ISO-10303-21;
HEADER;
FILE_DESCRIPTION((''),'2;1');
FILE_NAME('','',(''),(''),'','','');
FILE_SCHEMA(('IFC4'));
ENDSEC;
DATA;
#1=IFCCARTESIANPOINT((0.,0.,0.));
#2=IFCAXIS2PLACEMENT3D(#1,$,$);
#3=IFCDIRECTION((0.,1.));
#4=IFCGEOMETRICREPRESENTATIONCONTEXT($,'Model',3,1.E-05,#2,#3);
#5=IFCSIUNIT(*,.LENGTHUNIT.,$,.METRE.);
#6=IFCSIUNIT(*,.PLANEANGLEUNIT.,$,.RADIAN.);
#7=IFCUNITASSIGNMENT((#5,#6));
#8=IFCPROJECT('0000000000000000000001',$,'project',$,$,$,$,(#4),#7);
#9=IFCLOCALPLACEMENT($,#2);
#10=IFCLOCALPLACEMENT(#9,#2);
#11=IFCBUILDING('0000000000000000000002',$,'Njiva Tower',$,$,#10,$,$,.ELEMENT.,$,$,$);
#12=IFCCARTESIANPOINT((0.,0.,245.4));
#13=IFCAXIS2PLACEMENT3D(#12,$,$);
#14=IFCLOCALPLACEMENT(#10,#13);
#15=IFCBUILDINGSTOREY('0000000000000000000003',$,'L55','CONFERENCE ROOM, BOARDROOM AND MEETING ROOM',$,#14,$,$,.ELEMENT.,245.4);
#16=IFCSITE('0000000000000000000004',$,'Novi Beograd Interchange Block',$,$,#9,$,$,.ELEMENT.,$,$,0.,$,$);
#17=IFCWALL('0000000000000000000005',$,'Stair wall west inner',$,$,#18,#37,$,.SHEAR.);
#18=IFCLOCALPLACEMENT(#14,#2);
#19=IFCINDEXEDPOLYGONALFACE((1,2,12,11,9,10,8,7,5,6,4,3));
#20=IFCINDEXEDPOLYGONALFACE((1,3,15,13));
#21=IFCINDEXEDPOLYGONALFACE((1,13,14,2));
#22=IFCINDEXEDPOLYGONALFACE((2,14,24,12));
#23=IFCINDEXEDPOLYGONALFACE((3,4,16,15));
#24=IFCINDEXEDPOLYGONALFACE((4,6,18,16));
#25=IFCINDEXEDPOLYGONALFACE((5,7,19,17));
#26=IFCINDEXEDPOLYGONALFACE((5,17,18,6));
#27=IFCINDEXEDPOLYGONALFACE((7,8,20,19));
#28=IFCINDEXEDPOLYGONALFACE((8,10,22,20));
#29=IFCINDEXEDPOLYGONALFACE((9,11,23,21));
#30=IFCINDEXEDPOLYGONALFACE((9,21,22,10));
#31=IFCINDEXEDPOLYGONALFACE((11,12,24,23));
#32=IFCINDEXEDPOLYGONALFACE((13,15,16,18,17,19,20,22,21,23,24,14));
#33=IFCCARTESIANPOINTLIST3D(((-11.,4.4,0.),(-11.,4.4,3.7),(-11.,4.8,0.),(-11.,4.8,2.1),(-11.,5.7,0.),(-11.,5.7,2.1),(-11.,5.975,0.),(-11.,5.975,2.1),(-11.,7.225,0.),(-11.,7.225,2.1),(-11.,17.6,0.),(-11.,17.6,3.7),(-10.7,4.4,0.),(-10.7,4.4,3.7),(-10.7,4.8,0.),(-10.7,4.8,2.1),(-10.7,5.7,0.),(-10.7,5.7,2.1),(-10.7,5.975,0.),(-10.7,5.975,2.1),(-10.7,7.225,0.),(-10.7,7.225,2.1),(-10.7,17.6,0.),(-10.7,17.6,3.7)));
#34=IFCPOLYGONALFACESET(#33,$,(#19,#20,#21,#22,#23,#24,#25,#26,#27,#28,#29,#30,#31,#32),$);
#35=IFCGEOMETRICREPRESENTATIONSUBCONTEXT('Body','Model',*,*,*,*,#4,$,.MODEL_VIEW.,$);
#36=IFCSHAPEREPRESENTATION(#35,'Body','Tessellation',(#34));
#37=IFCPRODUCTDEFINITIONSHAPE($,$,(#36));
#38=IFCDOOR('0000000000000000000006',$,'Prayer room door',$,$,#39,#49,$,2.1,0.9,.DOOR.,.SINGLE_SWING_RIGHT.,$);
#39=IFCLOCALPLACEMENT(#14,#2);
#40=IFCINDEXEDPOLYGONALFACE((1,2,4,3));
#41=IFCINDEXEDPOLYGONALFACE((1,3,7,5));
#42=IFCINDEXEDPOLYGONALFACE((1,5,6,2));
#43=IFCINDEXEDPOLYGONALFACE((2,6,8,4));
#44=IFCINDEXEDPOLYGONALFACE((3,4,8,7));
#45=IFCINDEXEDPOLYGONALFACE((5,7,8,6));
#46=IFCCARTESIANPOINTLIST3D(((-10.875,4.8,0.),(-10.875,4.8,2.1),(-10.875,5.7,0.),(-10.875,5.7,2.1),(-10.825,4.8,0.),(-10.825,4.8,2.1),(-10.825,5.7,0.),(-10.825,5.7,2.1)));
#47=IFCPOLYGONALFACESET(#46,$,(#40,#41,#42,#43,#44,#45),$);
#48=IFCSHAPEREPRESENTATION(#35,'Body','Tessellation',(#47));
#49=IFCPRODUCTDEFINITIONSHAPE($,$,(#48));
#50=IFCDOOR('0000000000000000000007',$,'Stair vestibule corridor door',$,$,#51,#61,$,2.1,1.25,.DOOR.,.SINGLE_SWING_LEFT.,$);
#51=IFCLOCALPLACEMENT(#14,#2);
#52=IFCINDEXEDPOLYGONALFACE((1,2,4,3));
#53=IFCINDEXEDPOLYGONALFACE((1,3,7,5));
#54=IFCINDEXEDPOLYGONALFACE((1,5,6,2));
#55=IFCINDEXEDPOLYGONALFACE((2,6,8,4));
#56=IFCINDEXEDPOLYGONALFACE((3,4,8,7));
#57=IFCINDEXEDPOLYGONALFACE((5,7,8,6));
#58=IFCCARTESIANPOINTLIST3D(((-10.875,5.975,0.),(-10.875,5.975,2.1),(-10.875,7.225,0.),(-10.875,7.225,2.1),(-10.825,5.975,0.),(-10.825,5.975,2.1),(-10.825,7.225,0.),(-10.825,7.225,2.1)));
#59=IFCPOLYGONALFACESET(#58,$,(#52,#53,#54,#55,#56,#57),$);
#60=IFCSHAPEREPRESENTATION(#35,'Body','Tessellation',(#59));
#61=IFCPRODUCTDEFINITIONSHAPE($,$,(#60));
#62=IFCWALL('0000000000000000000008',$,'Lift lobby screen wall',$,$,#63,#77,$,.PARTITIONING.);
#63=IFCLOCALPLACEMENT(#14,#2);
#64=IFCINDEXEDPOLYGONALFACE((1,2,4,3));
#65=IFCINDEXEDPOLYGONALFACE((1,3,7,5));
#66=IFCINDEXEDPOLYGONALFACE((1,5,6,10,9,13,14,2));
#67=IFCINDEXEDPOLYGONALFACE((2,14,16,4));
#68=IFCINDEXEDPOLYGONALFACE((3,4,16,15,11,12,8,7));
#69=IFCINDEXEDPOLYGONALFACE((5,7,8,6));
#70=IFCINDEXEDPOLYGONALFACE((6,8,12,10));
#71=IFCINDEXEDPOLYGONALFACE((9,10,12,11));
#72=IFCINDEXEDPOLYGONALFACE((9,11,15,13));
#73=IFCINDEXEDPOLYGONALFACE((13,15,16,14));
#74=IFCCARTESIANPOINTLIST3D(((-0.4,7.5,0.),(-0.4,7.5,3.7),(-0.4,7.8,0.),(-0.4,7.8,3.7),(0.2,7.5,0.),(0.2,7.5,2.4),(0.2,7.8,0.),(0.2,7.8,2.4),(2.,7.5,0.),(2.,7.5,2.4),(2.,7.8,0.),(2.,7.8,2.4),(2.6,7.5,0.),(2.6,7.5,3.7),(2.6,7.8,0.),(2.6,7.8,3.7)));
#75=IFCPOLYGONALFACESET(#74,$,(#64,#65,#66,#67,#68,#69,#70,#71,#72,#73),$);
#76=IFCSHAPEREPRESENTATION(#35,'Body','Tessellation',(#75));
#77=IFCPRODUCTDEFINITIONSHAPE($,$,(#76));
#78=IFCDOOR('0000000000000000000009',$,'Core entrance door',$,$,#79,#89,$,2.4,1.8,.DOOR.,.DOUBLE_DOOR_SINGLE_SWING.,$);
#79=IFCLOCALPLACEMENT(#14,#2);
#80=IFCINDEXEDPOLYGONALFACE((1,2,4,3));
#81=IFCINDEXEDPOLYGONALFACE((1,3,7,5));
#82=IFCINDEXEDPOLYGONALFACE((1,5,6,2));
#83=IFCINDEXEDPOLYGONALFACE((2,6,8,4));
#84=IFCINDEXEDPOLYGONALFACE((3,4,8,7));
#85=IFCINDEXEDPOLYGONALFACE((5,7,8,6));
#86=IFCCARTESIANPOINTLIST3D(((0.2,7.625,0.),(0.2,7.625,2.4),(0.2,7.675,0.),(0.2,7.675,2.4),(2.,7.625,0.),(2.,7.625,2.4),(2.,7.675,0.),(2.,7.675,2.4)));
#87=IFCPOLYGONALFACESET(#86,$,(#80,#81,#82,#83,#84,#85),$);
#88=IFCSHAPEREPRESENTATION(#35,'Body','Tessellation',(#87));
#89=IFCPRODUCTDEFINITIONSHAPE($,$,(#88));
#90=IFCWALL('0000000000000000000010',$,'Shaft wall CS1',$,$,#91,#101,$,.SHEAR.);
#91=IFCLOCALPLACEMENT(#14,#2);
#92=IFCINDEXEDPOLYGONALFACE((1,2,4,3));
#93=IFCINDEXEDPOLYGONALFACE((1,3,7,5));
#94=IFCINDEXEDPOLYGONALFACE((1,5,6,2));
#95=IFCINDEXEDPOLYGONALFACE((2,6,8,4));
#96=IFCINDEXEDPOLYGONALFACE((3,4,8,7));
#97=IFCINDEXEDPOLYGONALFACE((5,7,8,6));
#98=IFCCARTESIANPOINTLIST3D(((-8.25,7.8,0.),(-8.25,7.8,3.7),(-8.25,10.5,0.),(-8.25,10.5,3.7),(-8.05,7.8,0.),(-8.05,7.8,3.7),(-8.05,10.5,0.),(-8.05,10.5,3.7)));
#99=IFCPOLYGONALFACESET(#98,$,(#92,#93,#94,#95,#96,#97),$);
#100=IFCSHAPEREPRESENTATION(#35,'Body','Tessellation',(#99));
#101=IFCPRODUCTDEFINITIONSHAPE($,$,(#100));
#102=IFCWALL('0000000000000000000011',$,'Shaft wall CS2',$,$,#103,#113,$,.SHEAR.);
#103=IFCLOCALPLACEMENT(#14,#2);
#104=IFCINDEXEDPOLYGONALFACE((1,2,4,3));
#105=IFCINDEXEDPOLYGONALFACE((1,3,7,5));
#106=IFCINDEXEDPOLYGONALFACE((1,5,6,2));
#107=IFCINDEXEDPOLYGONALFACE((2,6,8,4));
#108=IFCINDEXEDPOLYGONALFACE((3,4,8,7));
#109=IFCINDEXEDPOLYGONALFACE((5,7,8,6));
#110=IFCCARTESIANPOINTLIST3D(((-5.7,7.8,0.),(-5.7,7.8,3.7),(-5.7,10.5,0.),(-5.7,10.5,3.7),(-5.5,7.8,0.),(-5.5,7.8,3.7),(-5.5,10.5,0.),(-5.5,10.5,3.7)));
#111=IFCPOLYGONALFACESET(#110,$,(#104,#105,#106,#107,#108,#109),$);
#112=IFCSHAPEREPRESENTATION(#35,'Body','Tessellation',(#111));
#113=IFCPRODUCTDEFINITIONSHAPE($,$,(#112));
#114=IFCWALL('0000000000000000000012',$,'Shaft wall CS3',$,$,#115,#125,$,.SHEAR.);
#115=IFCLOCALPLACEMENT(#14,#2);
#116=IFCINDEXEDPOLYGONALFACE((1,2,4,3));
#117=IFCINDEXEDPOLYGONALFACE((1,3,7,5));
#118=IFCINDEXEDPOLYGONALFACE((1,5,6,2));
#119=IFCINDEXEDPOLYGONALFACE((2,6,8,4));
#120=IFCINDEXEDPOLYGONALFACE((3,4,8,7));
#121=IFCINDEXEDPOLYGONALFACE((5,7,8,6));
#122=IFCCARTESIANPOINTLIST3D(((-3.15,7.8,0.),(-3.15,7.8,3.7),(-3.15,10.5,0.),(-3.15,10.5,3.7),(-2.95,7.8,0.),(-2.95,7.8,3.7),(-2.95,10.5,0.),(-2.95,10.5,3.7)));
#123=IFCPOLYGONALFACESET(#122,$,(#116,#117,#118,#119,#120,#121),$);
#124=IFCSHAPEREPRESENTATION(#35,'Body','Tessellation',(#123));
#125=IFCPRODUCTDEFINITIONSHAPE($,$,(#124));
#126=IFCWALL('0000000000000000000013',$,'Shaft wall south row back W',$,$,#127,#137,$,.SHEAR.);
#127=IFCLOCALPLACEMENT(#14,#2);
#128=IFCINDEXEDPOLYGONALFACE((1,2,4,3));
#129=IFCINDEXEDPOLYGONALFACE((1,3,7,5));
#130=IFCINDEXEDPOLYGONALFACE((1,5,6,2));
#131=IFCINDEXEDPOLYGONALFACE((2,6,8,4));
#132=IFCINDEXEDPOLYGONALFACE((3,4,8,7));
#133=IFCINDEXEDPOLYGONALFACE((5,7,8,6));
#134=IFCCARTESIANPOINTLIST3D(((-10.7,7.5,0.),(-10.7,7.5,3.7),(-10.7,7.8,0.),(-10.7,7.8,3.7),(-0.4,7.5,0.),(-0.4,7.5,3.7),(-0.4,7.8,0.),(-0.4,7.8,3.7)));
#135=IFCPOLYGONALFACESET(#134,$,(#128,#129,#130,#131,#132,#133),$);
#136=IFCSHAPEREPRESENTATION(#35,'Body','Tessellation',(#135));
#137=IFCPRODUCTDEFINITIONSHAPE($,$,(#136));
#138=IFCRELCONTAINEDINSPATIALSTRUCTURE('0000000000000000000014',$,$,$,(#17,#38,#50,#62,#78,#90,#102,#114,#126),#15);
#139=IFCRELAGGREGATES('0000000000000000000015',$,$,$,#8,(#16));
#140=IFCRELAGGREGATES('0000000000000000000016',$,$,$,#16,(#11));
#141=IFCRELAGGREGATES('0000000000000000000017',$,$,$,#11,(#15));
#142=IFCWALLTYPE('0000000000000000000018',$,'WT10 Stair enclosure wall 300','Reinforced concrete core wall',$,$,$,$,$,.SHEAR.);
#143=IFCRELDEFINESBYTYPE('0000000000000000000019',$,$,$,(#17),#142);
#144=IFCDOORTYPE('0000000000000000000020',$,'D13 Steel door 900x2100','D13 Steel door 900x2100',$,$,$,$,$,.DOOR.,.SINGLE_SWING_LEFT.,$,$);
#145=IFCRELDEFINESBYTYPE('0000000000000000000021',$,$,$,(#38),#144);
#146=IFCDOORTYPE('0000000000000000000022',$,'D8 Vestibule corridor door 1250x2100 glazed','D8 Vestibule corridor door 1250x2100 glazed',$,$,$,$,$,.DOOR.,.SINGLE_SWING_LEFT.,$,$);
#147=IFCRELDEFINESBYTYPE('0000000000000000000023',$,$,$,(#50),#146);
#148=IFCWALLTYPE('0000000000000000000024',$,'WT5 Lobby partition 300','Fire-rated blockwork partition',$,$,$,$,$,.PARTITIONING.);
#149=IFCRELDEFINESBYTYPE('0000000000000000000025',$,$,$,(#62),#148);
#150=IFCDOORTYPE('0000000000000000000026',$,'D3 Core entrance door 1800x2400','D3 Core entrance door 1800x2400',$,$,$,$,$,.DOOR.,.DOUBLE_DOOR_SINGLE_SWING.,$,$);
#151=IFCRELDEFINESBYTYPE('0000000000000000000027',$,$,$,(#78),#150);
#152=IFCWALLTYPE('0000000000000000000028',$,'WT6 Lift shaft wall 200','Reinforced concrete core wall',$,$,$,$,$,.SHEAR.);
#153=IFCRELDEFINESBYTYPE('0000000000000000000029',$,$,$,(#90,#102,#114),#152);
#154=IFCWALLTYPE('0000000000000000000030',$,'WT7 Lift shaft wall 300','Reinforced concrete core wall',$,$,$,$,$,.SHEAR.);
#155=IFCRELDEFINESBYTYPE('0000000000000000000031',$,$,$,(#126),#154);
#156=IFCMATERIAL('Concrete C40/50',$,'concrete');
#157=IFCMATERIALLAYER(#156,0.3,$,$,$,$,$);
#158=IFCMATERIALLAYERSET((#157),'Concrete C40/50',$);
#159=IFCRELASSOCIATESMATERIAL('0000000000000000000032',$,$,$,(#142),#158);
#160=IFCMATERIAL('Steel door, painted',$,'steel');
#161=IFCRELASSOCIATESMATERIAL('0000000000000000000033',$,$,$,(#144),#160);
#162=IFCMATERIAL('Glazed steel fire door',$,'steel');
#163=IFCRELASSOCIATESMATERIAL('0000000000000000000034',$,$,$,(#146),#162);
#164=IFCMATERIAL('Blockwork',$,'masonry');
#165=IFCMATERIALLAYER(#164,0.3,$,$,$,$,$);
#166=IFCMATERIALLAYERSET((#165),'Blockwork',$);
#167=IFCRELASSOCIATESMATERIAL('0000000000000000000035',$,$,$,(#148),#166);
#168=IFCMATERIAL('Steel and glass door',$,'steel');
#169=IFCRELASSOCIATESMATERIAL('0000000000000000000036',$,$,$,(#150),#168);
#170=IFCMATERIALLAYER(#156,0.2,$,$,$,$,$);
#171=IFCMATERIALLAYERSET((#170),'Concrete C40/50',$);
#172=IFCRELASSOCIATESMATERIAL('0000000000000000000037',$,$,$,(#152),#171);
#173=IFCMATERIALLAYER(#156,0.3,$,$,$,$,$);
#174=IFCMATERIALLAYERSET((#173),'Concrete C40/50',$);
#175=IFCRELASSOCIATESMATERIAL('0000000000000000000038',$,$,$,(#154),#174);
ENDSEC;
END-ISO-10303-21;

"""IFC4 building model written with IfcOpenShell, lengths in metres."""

from ifc_helpers import new_model, si_unit, direction, frame, frame_2d, origin, place, context, subcontext, project, spatial, rectangle, extrude, material, layer, layer_set, type_object, element, fill, save


model = new_model("IFC4")

# Units and contexts
model_context = context("Model", 3, precision=1e-05, world=origin(), true_north=direction((0.0, 1.0)))
body_context = subcontext(model_context, "Body", "Model", "MODEL_VIEW")
ifc_project = project(units=[si_unit("LENGTHUNIT", "METRE"), si_unit("PLANEANGLEUNIT", "RADIAN")], contexts=[model_context])

# Site, building, storey
site_placement = place(None, origin())
site = spatial("IfcSite", under=ifc_project, at=site_placement, Name="Novi Beograd Interchange Block", CompositionType="ELEMENT", RefElevation=0.0)
building_placement = place(site_placement, origin())
building = spatial("IfcBuilding", under=site, at=building_placement, Name="Njiva Tower", CompositionType="ELEMENT")
storey_placement = place(building_placement, frame((0.0, 0.0, 245.4)))
storey = spatial("IfcBuildingStorey", under=building, at=storey_placement, Name="L55", Description="CONFERENCE ROOM, BOARDROOM AND MEETING ROOM", CompositionType="ELEMENT", Elevation=245.4)

# Shared definitions
ifc_material_1 = material(Name="Blockwork", Category="masonry")

# Wall, openings, doors
ifc_material_2 = material(Name="Concrete C40/50", Category="concrete")
ifc_layer_1 = layer(ifc_material_2, 0.3)
ifc_layer_set_1 = layer_set([ifc_layer_1], Name="Concrete C40/50")
wall_type_1 = type_object("IfcWallType", Name="WT10 Stair enclosure wall 300", Description="Reinforced concrete core wall", PredefinedType="SHEAR", material=ifc_layer_set_1)
wall_1_placement = place(storey_placement, frame((-10.85, 4.4, 0.0), z_axis=(0.0, 0.0, 1.0), x_axis=(0.0, 1.0, 0.0)))
wall_1 = element("IfcWall", 1, at=wall_1_placement, inside=storey, type_object=wall_type_1, Name="Stair wall west inner", PredefinedType="SHEAR", context=body_context, shape_type="SweptSolid", body=[
    extrude(rectangle(XDim=13.2, YDim=0.3, at=frame_2d((6.6, 0.0))), origin(), (0.0, 0.0, 1.0), 3.7),
])
opening_1_placement = place(wall_1_placement, frame((1.575, 0.0, 0.0)))
opening_1 = element("IfcOpeningElement", 2, at=opening_1_placement, cuts=wall_1, PredefinedType="OPENING", context=body_context, shape_type="SweptSolid", body=[
    extrude(rectangle(XDim=1.25, YDim=2.1, at=frame_2d((0.625, 1.05))), frame((0.0, 0.16, 0.0), z_axis=(0.0, -1.0, 0.0), x_axis=(1.0, 0.0, 0.0)), (0.0, 0.0, 1.0), 0.32),
])
opening_2_placement = place(wall_1_placement, frame((0.4, 0.0, 0.0)))
opening_2 = element("IfcOpeningElement", 3, at=opening_2_placement, cuts=wall_1, PredefinedType="OPENING", context=body_context, shape_type="SweptSolid", body=[
    extrude(rectangle(XDim=0.9, YDim=2.1, at=frame_2d((0.45, 1.05))), frame((0.0, 0.16, 0.0), z_axis=(0.0, -1.0, 0.0), x_axis=(1.0, 0.0, 0.0)), (0.0, 0.0, 1.0), 0.32),
])
ifc_material_3 = material(Name="Steel door, painted", Category="steel")
door_type_1 = type_object("IfcDoorType", Name="D13 Steel door 900x2100", Description="D13 Steel door 900x2100", OperationType="SINGLE_SWING_LEFT", PredefinedType="DOOR", material=ifc_material_3)
door_1_placement = place(opening_2_placement, origin())
door_1 = element("IfcDoor", 4, at=door_1_placement, inside=storey, type_object=door_type_1, Name="Prayer room door", OperationType="SINGLE_SWING_RIGHT", OverallHeight=2.1, OverallWidth=0.9, PredefinedType="DOOR", context=body_context, shape_type="SweptSolid", body=[
    extrude(rectangle(XDim=0.9, YDim=2.1, at=frame_2d((0.45, 1.05))), frame((0.0, 0.025, 0.0), z_axis=(0.0, -1.0, 0.0), x_axis=(1.0, 0.0, 0.0)), (0.0, 0.0, 1.0), 0.05),
])
fill(opening_2, door_1)
ifc_material_4 = material(Name="Glazed steel fire door", Category="steel")
door_type_2 = type_object("IfcDoorType", Name="D8 Vestibule corridor door 1250x2100 glazed", Description="D8 Vestibule corridor door 1250x2100 glazed", OperationType="SINGLE_SWING_LEFT", PredefinedType="DOOR", material=ifc_material_4)
door_2_placement = place(opening_1_placement, origin())
door_2 = element("IfcDoor", 5, at=door_2_placement, inside=storey, type_object=door_type_2, Name="Stair vestibule corridor door", OperationType="SINGLE_SWING_LEFT", OverallHeight=2.1, OverallWidth=1.25, PredefinedType="DOOR", context=body_context, shape_type="SweptSolid", body=[
    extrude(rectangle(XDim=1.25, YDim=2.1, at=frame_2d((0.625, 1.05))), frame((0.0, 0.025, 0.0), z_axis=(0.0, -1.0, 0.0), x_axis=(1.0, 0.0, 0.0)), (0.0, 0.0, 1.0), 0.05),
])
fill(opening_1, door_2)

# Wall, opening, door
ifc_layer_2 = layer(ifc_material_1, 0.3)
ifc_layer_set_2 = layer_set([ifc_layer_2], Name="Blockwork")
wall_type_2 = type_object("IfcWallType", Name="WT5 Lobby partition 300", Description="Fire-rated blockwork partition", PredefinedType="PARTITIONING", material=ifc_layer_set_2)
wall_2_placement = place(storey_placement, frame((-0.4, 7.65, 0.0), z_axis=(0.0, 0.0, 1.0), x_axis=(1.0, 0.0, 0.0)))
wall_2 = element("IfcWall", 6, at=wall_2_placement, inside=storey, type_object=wall_type_2, Name="Lift lobby screen wall", PredefinedType="PARTITIONING", context=body_context, shape_type="SweptSolid", body=[
    extrude(rectangle(XDim=3.0, YDim=0.3, at=frame_2d((1.5, 0.0))), origin(), (0.0, 0.0, 1.0), 3.7),
])
opening_3_placement = place(wall_2_placement, frame((0.6, 0.0, 0.0)))
opening_3 = element("IfcOpeningElement", 7, at=opening_3_placement, cuts=wall_2, PredefinedType="OPENING", context=body_context, shape_type="SweptSolid", body=[
    extrude(rectangle(XDim=1.8, YDim=2.4, at=frame_2d((0.9, 1.2))), frame((0.0, 0.16, 0.0), z_axis=(0.0, -1.0, 0.0), x_axis=(1.0, 0.0, 0.0)), (0.0, 0.0, 1.0), 0.32),
])
ifc_material_5 = material(Name="Steel and glass door", Category="steel")
door_type_3 = type_object("IfcDoorType", Name="D3 Core entrance door 1800x2400", Description="D3 Core entrance door 1800x2400", OperationType="DOUBLE_DOOR_SINGLE_SWING", PredefinedType="DOOR", material=ifc_material_5)
door_3_placement = place(opening_3_placement, origin())
door_3 = element("IfcDoor", 8, at=door_3_placement, inside=storey, type_object=door_type_3, Name="Core entrance door", OperationType="DOUBLE_DOOR_SINGLE_SWING", OverallHeight=2.4, OverallWidth=1.8, PredefinedType="DOOR", context=body_context, shape_type="SweptSolid", body=[
    extrude(rectangle(XDim=1.8, YDim=2.4, at=frame_2d((0.9, 1.2))), frame((0.0, 0.025, 0.0), z_axis=(0.0, -1.0, 0.0), x_axis=(1.0, 0.0, 0.0)), (0.0, 0.0, 1.0), 0.05),
])
fill(opening_3, door_3)

# Walls
ifc_layer_3 = layer(ifc_material_2, 0.2)
ifc_layer_set_3 = layer_set([ifc_layer_3], Name="Concrete C40/50")
wall_type_3 = type_object("IfcWallType", Name="WT6 Lift shaft wall 200", Description="Reinforced concrete core wall", PredefinedType="SHEAR", material=ifc_layer_set_3)
for number, where, z_axis, x_axis, name in (
    (9, (-8.15, 7.8, 0.0), (0.0, 0.0, 1.0), (0.0, 1.0, 0.0), "Shaft wall CS1"),
    (10, (-5.6, 7.8, 0.0), (0.0, 0.0, 1.0), (0.0, 1.0, 0.0), "Shaft wall CS2"),
    (11, (-3.05, 7.8, 0.0), (0.0, 0.0, 1.0), (0.0, 1.0, 0.0), "Shaft wall CS3"),
):
    element("IfcWall", number, at=place(storey_placement, frame(where, z_axis=z_axis, x_axis=x_axis)), inside=storey, type_object=wall_type_3, Name=name, PredefinedType="SHEAR", context=body_context, shape_type="SweptSolid", body=[
        extrude(rectangle(XDim=2.7, YDim=0.2, at=frame_2d((1.35, 0.0))), origin(), (0.0, 0.0, 1.0), 3.7),
    ])
ifc_layer_4 = layer(ifc_material_2, 0.3)
ifc_layer_set_4 = layer_set([ifc_layer_4], Name="Concrete C40/50")
wall_type_4 = type_object("IfcWallType", Name="WT7 Lift shaft wall 300", Description="Reinforced concrete core wall", PredefinedType="SHEAR", material=ifc_layer_set_4)
wall_3_placement = place(storey_placement, frame((-10.7, 7.65, 0.0), z_axis=(0.0, 0.0, 1.0), x_axis=(1.0, 0.0, 0.0)))
element("IfcWall", 12, at=wall_3_placement, inside=storey, type_object=wall_type_4, Name="Shaft wall south row back W", PredefinedType="SHEAR", context=body_context, shape_type="SweptSolid", body=[
    extrude(rectangle(XDim=10.3, YDim=0.3, at=frame_2d((5.15, 0.0))), origin(), (0.0, 0.0, 1.0), 3.7),
])

save(model, "model.ifc")
